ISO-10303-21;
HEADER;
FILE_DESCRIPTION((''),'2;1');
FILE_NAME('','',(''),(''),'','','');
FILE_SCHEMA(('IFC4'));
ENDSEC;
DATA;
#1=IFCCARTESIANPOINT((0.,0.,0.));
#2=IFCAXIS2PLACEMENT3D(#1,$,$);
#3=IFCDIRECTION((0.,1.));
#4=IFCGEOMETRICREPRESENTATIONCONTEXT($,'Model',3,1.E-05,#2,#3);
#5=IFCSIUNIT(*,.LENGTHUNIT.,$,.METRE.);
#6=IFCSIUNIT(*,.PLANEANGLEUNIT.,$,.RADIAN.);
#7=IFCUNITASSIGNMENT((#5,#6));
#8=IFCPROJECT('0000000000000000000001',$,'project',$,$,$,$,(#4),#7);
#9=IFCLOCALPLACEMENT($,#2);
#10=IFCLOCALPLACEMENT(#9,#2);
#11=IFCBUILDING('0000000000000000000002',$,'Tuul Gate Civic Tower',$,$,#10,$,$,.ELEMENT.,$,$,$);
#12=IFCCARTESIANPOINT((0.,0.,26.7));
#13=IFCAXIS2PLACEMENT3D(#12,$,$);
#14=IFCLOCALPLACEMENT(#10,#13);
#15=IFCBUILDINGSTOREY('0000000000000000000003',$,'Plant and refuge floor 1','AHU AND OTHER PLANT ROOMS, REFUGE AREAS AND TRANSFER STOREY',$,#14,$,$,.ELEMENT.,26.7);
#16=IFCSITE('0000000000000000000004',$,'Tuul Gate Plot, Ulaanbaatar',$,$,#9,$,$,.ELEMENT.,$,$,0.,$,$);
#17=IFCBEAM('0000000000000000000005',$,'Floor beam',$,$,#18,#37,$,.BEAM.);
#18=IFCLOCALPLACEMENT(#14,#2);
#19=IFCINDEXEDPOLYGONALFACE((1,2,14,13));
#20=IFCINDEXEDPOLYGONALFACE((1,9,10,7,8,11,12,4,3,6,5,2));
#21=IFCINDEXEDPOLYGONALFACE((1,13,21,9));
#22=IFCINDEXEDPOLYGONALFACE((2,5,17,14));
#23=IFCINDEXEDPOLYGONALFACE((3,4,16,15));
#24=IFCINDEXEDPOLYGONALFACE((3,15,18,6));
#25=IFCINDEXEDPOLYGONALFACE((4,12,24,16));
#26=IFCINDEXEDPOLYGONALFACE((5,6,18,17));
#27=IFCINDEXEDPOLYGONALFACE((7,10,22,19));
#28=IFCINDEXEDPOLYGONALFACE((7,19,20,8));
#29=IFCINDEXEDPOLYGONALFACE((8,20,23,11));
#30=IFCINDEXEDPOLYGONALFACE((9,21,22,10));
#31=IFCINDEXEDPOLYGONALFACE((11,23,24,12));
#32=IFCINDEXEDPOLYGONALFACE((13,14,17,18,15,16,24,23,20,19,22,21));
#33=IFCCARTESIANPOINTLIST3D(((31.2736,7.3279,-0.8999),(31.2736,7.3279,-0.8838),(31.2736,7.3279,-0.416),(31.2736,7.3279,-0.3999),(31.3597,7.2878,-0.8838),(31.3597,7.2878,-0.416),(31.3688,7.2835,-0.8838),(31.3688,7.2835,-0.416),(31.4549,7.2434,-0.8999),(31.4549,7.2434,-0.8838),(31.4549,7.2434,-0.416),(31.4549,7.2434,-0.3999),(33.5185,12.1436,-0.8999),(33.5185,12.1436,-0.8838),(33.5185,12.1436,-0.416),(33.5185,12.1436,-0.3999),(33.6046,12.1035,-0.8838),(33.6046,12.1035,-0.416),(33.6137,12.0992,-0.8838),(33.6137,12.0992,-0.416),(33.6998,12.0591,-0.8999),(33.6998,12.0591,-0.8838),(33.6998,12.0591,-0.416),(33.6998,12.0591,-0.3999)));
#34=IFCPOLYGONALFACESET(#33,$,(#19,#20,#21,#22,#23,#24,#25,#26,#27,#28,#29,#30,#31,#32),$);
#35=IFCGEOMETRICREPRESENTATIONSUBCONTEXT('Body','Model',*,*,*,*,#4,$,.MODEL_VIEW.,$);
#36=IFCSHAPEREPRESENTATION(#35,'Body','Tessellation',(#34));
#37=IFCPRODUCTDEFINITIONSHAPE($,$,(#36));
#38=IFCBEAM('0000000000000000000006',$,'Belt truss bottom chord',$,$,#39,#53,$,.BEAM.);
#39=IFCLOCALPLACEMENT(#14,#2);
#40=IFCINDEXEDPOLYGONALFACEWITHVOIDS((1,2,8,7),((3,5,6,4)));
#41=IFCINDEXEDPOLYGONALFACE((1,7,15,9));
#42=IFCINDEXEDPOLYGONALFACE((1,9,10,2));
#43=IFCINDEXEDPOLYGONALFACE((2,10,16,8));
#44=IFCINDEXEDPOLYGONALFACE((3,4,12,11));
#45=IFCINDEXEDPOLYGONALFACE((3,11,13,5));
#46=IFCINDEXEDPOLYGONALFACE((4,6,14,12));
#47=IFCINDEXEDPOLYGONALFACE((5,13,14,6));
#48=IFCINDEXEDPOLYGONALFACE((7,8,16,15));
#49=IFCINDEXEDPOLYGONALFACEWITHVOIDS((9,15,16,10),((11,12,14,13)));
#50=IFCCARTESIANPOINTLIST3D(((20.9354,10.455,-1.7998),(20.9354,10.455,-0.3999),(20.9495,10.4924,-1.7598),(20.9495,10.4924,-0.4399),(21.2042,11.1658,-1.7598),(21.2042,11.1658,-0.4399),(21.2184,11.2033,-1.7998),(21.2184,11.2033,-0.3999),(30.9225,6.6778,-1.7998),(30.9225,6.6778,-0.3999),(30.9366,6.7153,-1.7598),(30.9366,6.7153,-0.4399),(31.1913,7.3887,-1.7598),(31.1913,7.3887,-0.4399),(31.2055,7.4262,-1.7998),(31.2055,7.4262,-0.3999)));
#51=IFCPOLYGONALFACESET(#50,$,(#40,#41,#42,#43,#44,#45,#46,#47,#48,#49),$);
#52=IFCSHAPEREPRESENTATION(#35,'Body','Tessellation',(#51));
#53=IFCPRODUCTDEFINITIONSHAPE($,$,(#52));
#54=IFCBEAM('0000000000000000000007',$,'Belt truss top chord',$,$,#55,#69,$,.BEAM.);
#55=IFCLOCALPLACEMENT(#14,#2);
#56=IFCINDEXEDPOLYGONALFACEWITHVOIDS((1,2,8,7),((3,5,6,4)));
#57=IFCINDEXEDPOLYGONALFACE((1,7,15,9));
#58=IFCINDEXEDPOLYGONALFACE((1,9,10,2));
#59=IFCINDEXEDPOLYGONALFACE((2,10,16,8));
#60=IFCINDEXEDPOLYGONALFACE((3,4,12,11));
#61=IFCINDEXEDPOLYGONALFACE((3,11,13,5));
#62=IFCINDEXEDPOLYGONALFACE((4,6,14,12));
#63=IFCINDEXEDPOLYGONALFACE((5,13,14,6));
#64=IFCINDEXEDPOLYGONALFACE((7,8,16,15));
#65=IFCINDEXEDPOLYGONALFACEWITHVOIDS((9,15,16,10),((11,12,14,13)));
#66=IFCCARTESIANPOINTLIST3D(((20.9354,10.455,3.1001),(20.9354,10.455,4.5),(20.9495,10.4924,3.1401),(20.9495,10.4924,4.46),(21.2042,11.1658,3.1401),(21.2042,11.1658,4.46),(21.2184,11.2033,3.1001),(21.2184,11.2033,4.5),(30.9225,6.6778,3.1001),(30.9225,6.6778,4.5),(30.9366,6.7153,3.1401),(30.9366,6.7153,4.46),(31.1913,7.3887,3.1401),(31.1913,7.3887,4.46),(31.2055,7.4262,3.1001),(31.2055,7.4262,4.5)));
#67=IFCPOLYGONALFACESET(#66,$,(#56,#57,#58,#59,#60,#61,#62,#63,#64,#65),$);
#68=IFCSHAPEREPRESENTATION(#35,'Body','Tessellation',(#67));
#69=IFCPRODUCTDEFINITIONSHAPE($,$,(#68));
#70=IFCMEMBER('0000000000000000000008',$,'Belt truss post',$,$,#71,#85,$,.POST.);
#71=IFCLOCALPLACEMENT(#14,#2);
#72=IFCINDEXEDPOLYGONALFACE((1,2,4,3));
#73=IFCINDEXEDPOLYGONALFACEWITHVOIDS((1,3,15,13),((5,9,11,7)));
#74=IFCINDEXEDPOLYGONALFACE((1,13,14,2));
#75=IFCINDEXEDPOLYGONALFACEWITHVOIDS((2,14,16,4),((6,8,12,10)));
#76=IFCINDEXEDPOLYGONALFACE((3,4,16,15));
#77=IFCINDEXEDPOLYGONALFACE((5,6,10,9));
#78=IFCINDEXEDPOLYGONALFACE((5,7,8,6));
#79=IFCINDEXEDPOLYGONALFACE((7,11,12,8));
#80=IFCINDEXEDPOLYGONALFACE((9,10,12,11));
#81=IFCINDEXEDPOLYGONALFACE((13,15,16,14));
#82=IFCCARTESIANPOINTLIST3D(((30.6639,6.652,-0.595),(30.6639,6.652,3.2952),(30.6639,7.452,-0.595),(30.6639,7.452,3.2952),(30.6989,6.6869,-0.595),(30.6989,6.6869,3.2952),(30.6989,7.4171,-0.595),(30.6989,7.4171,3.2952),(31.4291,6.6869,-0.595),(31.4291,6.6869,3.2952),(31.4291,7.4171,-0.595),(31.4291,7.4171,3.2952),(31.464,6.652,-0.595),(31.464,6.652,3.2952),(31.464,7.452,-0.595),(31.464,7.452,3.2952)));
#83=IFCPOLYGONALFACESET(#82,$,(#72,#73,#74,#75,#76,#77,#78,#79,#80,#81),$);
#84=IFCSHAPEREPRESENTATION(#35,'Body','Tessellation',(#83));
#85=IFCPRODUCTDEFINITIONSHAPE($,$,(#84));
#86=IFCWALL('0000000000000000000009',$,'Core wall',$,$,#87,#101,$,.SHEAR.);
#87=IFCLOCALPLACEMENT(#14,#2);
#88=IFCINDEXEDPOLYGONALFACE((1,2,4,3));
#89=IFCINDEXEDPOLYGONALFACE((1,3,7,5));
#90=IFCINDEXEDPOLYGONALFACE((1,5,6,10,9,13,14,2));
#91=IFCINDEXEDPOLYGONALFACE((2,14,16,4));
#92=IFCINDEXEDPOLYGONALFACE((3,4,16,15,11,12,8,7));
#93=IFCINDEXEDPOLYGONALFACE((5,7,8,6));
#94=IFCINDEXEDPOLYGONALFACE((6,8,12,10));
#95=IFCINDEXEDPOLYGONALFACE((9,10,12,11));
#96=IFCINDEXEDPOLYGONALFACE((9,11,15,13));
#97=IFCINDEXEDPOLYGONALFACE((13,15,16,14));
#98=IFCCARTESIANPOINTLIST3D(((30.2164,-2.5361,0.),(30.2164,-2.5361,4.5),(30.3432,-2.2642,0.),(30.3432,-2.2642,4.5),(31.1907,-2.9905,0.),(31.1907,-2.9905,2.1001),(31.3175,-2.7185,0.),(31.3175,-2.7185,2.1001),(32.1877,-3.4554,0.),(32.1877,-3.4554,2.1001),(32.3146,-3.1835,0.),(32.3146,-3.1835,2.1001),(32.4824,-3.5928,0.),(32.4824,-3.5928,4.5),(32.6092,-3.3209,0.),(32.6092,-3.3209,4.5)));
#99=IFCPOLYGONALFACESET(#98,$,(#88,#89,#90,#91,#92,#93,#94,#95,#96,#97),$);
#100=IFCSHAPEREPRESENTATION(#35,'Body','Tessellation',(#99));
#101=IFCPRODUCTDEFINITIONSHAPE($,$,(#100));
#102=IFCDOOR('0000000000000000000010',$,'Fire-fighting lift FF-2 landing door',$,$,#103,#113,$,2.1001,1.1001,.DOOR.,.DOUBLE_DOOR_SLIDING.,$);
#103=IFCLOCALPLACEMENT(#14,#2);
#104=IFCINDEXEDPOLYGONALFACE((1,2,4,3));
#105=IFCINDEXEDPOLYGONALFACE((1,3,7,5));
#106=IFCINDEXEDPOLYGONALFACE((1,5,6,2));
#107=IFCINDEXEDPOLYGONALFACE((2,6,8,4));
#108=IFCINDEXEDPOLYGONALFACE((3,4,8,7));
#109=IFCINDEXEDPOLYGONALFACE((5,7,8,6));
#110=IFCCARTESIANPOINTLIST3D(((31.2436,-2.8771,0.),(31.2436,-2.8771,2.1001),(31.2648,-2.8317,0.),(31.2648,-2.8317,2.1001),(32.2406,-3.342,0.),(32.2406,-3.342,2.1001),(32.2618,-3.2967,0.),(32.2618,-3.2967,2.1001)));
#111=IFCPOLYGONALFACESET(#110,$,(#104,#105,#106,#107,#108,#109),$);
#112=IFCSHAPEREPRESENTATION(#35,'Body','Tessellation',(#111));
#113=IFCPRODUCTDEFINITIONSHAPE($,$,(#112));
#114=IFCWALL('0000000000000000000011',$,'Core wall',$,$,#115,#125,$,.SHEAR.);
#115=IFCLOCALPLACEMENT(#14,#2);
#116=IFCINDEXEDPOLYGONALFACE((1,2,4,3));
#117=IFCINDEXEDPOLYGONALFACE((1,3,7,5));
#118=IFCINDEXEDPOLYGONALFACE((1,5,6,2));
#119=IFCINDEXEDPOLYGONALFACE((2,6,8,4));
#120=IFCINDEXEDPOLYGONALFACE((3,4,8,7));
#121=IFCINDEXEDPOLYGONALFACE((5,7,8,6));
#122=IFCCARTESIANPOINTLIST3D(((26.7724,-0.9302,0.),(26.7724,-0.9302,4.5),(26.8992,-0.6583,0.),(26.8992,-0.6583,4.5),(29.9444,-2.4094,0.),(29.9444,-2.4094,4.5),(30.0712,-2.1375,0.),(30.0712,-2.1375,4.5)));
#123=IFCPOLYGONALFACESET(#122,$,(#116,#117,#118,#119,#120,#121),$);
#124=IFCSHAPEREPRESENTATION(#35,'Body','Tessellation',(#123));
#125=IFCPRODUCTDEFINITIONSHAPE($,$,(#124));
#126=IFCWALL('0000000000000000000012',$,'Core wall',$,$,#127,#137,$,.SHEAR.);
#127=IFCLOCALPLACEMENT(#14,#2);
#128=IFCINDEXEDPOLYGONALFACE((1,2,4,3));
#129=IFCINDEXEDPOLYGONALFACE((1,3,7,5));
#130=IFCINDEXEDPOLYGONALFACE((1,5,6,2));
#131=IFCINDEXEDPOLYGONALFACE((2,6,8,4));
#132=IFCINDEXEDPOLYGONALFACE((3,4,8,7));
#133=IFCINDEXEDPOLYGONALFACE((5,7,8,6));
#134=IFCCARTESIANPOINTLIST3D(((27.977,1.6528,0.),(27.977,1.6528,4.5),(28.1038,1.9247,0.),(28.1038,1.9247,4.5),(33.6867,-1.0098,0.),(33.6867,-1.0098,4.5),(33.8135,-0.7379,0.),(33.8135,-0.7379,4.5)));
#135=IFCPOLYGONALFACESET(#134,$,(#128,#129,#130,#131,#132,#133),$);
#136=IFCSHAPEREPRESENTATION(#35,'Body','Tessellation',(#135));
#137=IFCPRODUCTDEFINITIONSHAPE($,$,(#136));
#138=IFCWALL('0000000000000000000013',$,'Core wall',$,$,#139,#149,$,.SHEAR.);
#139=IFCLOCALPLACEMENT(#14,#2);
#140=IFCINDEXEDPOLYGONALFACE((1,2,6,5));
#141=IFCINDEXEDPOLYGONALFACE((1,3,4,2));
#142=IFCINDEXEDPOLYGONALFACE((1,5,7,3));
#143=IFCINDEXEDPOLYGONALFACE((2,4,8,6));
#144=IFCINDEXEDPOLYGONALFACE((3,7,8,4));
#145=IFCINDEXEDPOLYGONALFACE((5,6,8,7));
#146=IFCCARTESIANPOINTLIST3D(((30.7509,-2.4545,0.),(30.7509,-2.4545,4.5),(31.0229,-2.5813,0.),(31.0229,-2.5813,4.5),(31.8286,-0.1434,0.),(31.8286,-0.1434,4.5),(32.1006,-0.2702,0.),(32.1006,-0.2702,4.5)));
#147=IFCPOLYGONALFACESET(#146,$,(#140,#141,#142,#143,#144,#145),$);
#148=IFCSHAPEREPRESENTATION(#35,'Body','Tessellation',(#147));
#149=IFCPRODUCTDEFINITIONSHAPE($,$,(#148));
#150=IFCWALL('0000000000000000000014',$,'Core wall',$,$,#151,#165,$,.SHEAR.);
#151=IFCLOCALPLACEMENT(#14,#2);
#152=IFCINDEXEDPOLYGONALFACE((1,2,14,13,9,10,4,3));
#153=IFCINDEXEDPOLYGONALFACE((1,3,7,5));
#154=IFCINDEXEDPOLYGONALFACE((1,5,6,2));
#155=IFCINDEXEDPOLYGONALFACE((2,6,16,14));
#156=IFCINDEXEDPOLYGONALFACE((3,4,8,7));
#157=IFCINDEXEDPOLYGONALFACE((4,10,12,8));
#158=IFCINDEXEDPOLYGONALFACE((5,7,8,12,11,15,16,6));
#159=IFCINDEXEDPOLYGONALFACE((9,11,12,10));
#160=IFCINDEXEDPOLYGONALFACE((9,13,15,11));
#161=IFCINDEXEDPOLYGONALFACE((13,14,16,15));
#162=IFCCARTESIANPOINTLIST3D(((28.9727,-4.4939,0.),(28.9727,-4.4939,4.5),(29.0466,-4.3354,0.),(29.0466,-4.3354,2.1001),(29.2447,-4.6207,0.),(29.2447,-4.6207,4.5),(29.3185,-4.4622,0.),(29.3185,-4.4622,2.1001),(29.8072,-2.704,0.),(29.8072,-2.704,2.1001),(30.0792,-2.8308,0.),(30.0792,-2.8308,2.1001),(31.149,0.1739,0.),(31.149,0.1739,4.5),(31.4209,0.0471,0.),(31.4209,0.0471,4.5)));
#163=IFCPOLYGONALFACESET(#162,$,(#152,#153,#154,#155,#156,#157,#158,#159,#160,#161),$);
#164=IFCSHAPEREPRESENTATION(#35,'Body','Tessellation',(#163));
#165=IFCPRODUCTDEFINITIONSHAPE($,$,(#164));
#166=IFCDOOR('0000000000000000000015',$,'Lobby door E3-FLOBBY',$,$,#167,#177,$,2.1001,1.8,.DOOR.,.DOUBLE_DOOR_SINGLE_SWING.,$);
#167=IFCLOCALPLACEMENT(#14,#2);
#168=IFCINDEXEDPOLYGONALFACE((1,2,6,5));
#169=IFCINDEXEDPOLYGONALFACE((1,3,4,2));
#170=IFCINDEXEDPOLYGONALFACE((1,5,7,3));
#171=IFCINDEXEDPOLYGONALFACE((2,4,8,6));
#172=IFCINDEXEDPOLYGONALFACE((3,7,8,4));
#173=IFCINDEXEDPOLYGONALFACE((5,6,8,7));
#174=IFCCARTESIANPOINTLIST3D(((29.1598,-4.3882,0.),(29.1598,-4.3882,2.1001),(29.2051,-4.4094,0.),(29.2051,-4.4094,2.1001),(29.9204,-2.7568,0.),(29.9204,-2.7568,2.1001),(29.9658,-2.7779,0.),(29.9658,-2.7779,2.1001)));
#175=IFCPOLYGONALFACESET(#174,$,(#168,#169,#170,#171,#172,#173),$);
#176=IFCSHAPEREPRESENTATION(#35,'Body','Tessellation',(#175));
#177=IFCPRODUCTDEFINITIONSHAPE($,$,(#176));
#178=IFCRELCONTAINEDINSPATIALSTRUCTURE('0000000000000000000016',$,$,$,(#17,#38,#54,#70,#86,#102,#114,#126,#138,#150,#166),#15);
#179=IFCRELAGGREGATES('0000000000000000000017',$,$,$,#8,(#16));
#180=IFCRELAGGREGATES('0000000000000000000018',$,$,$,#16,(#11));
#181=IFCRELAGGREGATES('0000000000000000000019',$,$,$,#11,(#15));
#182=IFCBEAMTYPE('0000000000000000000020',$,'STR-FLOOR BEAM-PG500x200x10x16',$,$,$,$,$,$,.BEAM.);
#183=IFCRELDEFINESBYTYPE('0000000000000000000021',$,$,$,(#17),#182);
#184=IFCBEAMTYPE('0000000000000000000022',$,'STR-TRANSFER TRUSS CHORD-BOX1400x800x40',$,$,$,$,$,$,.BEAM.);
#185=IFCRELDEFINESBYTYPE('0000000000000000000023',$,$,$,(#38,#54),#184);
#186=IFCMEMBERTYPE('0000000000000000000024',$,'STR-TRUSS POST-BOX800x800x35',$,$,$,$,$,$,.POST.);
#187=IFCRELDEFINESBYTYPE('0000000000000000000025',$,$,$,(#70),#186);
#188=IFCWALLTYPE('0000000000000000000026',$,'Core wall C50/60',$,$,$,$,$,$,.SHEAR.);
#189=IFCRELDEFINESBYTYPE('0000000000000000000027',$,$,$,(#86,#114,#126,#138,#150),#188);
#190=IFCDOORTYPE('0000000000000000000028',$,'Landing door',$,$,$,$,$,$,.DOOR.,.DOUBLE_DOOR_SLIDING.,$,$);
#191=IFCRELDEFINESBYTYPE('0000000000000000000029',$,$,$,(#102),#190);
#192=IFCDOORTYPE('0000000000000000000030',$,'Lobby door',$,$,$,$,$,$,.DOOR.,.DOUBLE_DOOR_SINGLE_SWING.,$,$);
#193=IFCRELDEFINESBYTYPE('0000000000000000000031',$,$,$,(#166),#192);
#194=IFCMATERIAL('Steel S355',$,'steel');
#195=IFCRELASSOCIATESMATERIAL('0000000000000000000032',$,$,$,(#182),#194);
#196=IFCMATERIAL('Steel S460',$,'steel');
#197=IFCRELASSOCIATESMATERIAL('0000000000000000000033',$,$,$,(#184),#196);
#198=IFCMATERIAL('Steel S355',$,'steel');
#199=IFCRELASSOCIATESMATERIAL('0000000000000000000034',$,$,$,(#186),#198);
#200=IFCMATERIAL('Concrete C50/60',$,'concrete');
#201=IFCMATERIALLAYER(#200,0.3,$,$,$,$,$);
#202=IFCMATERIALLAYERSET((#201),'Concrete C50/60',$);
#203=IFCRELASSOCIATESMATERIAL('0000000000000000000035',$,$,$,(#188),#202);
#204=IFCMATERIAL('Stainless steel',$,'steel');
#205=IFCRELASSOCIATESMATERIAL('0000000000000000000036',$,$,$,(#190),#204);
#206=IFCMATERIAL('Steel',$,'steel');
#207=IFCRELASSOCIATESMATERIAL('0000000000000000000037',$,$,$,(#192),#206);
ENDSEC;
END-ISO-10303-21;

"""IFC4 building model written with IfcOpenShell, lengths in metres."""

from ifc_helpers import new_model, si_unit, direction, frame, frame_2d, origin, origin_2d, place, context, subcontext, project, spatial, rectangle, hollow_rectangle, i_section, extrude, material, layer, layer_set, material_profile, profile_set, type_object, element, fill, save


model = new_model("IFC4")

# Units and contexts
model_context = context("Model", 3, precision=1e-05, world=origin(), true_north=direction((0.0, 1.0)))
body_context = subcontext(model_context, "Body", "Model", "MODEL_VIEW")
ifc_project = project(units=[si_unit("LENGTHUNIT", "METRE"), si_unit("PLANEANGLEUNIT", "RADIAN")], contexts=[model_context])

# Site, building, storey
site_placement = place(None, origin())
site = spatial("IfcSite", under=ifc_project, at=site_placement, Name="Tuul Gate Plot, Ulaanbaatar", CompositionType="ELEMENT", RefElevation=0.0)
building_placement = place(site_placement, origin())
building = spatial("IfcBuilding", under=site, at=building_placement, Name="Tuul Gate Civic Tower", CompositionType="ELEMENT")
storey_placement = place(building_placement, frame((0.0, 0.0, 26.7)))
storey = spatial("IfcBuildingStorey", under=building, at=storey_placement, Name="Plant and refuge floor 1", Description="AHU AND OTHER PLANT ROOMS, REFUGE AREAS AND TRANSFER STOREY", CompositionType="ELEMENT", Elevation=26.7)

# Beams
ifc_material_1 = material(Name="Steel S355", Category="steel")
ifc_material_profile_1 = material_profile(ifc_material_1, i_section(OverallWidth=0.2, OverallDepth=0.5, WebThickness=0.01, FlangeThickness=0.0161, at=origin_2d()), Name="PG500x200x10x16")
ifc_profile_set_1 = profile_set([ifc_material_profile_1], Name="Steel S355")
beam_type_1 = type_object("IfcBeamType", Name="STR-FLOOR BEAM-PG500x200x10x16", PredefinedType="BEAM", material=ifc_profile_set_1)
beam_placement = place(storey_placement, frame((31.3643, 7.2856, -0.6499), z_axis=(0.422508, 0.906359, 0.0), x_axis=(-0.906359, 0.422508, 0.0)))
element("IfcBeam", 1, at=beam_placement, inside=storey, type_object=beam_type_1, Name="Floor beam", PredefinedType="BEAM", context=body_context, shape_type="SweptSolid", body=[
    extrude(i_section(OverallWidth=0.2, OverallDepth=0.5, WebThickness=0.01, FlangeThickness=0.0161, at=origin_2d()), origin(), (0.0, 0.0, 1.0), 5.3132),
])
ifc_material_2 = material(Name="Steel S460", Category="steel")
ifc_material_profile_2 = material_profile(ifc_material_2, hollow_rectangle(XDim=0.8, YDim=1.3999, WallThickness=0.04, at=origin_2d()), Name="BOX1400x800x40")
ifc_profile_set_2 = profile_set([ifc_material_profile_2], Name="Steel S460")
beam_type_2 = type_object("IfcBeamType", Name="STR-TRANSFER TRUSS CHORD-BOX1400x800x40", PredefinedType="BEAM", material=ifc_profile_set_2)
for number, where, z_axis, x_axis, name in (
    (2, (31.064, 7.052, -1.0999), (-0.935342, 0.353746, 0.0), (-0.353746, -0.935342, 0.0), "Belt truss bottom chord"),
    (3, (31.064, 7.052, 3.8), (-0.935342, 0.353746, 0.0), (-0.353746, -0.935342, 0.0), "Belt truss top chord"),
):
    element("IfcBeam", number, at=place(storey_placement, frame(where, z_axis=z_axis, x_axis=x_axis)), inside=storey, type_object=beam_type_2, Name=name, PredefinedType="BEAM", context=body_context, shape_type="SweptSolid", body=[
        extrude(hollow_rectangle(XDim=0.8, YDim=1.3999, WallThickness=0.04, at=origin_2d()), origin(), (0.0, 0.0, 1.0), 10.6775),
    ])

# Member
ifc_material_3 = material(Name="Steel S355", Category="steel")
ifc_material_profile_3 = material_profile(ifc_material_3, hollow_rectangle(XDim=0.8, YDim=0.8, WallThickness=0.0349, at=origin_2d()), Name="BOX800x800x35")
ifc_profile_set_3 = profile_set([ifc_material_profile_3], Name="Steel S355")
member_type = type_object("IfcMemberType", Name="STR-TRUSS POST-BOX800x800x35", PredefinedType="POST", material=ifc_profile_set_3)
member_placement = place(storey_placement, frame((31.064, 7.052, -0.595), z_axis=(0.0, 0.0, 1.0), x_axis=(1.0, 0.0, 0.0)))
element("IfcMember", 4, at=member_placement, inside=storey, type_object=member_type, Name="Belt truss post", PredefinedType="POST", context=body_context, shape_type="SweptSolid", body=[
    extrude(hollow_rectangle(XDim=0.8, YDim=0.8, WallThickness=0.0349, at=origin_2d()), origin(), (0.0, 0.0, 1.0), 3.8901),
])

# Wall, opening, door
ifc_material_4 = material(Name="Concrete C50/60", Category="concrete")
ifc_layer_1 = layer(ifc_material_4, 0.3)
ifc_layer_set_1 = layer_set([ifc_layer_1], Name="Concrete C50/60")
wall_type_1 = type_object("IfcWallType", Name="Core wall C50/60", PredefinedType="SHEAR", material=ifc_layer_set_1)
wall_1_placement = place(storey_placement, frame((32.5457, -3.4568, 0.0), z_axis=(0.0, 0.0, 1.0), x_axis=(-0.9063, 0.422634, 0.0)))
wall_1 = element("IfcWall", 5, at=wall_1_placement, inside=storey, type_object=wall_type_1, Name="Core wall", PredefinedType="SHEAR", context=body_context, shape_type="SweptSolid", body=[
    extrude(rectangle(XDim=2.5002, YDim=0.3, at=frame_2d((1.25, 0.0))), origin(), (0.0, 0.0, 1.0), 4.5),
])
opening_1_placement = place(wall_1_placement, frame((0.325, 0.0, 0.0)))
opening_1 = element("IfcOpeningElement", 6, at=opening_1_placement, cuts=wall_1, PredefinedType="OPENING", context=body_context, shape_type="SweptSolid", body=[
    extrude(rectangle(XDim=1.1001, YDim=2.1001, at=frame_2d((0.55, 1.05))), frame((0.0, 0.1602, 0.0), z_axis=(0.0, -1.0, 0.0), x_axis=(1.0, 0.0, 0.0)), (0.0, 0.0, 1.0), 0.3201),
])
ifc_material_5 = material(Name="Stainless steel", Category="steel")
door_type_1 = type_object("IfcDoorType", Name="Landing door", OperationType="DOUBLE_DOOR_SLIDING", PredefinedType="DOOR", material=ifc_material_5)
door_1_placement = place(opening_1_placement, origin())
door_1 = element("IfcDoor", 7, at=door_1_placement, inside=storey, type_object=door_type_1, Name="Fire-fighting lift FF-2 landing door", OperationType="DOUBLE_DOOR_SLIDING", OverallHeight=2.1001, OverallWidth=1.1001, PredefinedType="DOOR", context=body_context, shape_type="SweptSolid", body=[
    extrude(rectangle(XDim=1.1001, YDim=2.1001, at=frame_2d((0.55, 1.05))), frame((0.0, 0.0249, 0.0), z_axis=(0.0, -1.0, 0.0), x_axis=(1.0, 0.0, 0.0)), (0.0, 0.0, 1.0), 0.05),
])
fill(opening_1, door_1)

# Walls
wall_2_placement = place(storey_placement, frame((30.0078, -2.2734, 0.0), z_axis=(0.0, 0.0, 1.0), x_axis=(-0.906301, 0.422633, 0.0)))
element("IfcWall", 8, at=wall_2_placement, inside=storey, type_object=wall_type_1, Name="Core wall", PredefinedType="SHEAR", context=body_context, shape_type="SweptSolid", body=[
    extrude(rectangle(XDim=3.5, YDim=0.3, at=frame_2d((1.75, 0.0))), origin(), (0.0, 0.0, 1.0), 4.5),
])
wall_3_placement = place(storey_placement, frame((33.75, -0.8738, 0.0), z_axis=(0.0, 0.0, 1.0), x_axis=(-0.906301, 0.422633, 0.0)))
element("IfcWall", 9, at=wall_3_placement, inside=storey, type_object=wall_type_1, Name="Core wall", PredefinedType="SHEAR", context=body_context, shape_type="SweptSolid", body=[
    extrude(rectangle(XDim=6.3, YDim=0.3, at=frame_2d((3.1499, 0.0))), origin(), (0.0, 0.0, 1.0), 4.5),
])
wall_4_placement = place(storey_placement, frame((30.887, -2.5178, 0.0), z_axis=(0.0, 0.0, 1.0), x_axis=(0.422613, 0.90631, 0.0)))
element("IfcWall", 10, at=wall_4_placement, inside=storey, type_object=wall_type_1, Name="Core wall", PredefinedType="SHEAR", context=body_context, shape_type="SweptSolid", body=[
    extrude(rectangle(XDim=2.55, YDim=0.3, at=frame_2d((1.2749, 0.0))), origin(), (0.0, 0.0, 1.0), 4.5),
])

# Wall, opening, door
wall_5_placement = place(storey_placement, frame((29.1086, -4.5574, 0.0), z_axis=(0.0, 0.0, 1.0), x_axis=(0.422566, 0.906332, 0.0)))
wall_5 = element("IfcWall", 11, at=wall_5_placement, inside=storey, type_object=wall_type_1, Name="Core wall", PredefinedType="SHEAR", context=body_context, shape_type="SweptSolid", body=[
    extrude(rectangle(XDim=5.1501, YDim=0.3, at=frame_2d((2.5752, 0.0))), origin(), (0.0, 0.0, 1.0), 4.5),
])
opening_2_placement = place(wall_5_placement, frame((0.175, 0.0, 0.0)))
opening_2 = element("IfcOpeningElement", 12, at=opening_2_placement, cuts=wall_5, PredefinedType="OPENING", context=body_context, shape_type="SweptSolid", body=[
    extrude(rectangle(XDim=1.8, YDim=2.1001, at=frame_2d((0.8999, 1.05))), frame((0.0, 0.1602, 0.0), z_axis=(0.0, -1.0, 0.0), x_axis=(1.0, 0.0, 0.0)), (0.0, 0.0, 1.0), 0.3201),
])
ifc_material_6 = material(Name="Steel", Category="steel")
door_type_2 = type_object("IfcDoorType", Name="Lobby door", OperationType="DOUBLE_DOOR_SINGLE_SWING", PredefinedType="DOOR", material=ifc_material_6)
door_2_placement = place(opening_2_placement, frame((1.8, 0.0, 0.0), z_axis=(0.0, 0.0, 1.0), x_axis=(-1.0, 0.0, 0.0)))
door_2 = element("IfcDoor", 13, at=door_2_placement, inside=storey, type_object=door_type_2, Name="Lobby door E3-FLOBBY", OperationType="DOUBLE_DOOR_SINGLE_SWING", OverallHeight=2.1001, OverallWidth=1.8, PredefinedType="DOOR", context=body_context, shape_type="SweptSolid", body=[
    extrude(rectangle(XDim=1.8, YDim=2.1001, at=frame_2d((0.9001, 1.05))), frame((0.0, 0.0249, 0.0), z_axis=(0.0, -1.0, 0.0), x_axis=(1.0, 0.0, 0.0)), (0.0, 0.0, 1.0), 0.05),
])
fill(opening_2, door_2)

save(model, "model.ifc")
